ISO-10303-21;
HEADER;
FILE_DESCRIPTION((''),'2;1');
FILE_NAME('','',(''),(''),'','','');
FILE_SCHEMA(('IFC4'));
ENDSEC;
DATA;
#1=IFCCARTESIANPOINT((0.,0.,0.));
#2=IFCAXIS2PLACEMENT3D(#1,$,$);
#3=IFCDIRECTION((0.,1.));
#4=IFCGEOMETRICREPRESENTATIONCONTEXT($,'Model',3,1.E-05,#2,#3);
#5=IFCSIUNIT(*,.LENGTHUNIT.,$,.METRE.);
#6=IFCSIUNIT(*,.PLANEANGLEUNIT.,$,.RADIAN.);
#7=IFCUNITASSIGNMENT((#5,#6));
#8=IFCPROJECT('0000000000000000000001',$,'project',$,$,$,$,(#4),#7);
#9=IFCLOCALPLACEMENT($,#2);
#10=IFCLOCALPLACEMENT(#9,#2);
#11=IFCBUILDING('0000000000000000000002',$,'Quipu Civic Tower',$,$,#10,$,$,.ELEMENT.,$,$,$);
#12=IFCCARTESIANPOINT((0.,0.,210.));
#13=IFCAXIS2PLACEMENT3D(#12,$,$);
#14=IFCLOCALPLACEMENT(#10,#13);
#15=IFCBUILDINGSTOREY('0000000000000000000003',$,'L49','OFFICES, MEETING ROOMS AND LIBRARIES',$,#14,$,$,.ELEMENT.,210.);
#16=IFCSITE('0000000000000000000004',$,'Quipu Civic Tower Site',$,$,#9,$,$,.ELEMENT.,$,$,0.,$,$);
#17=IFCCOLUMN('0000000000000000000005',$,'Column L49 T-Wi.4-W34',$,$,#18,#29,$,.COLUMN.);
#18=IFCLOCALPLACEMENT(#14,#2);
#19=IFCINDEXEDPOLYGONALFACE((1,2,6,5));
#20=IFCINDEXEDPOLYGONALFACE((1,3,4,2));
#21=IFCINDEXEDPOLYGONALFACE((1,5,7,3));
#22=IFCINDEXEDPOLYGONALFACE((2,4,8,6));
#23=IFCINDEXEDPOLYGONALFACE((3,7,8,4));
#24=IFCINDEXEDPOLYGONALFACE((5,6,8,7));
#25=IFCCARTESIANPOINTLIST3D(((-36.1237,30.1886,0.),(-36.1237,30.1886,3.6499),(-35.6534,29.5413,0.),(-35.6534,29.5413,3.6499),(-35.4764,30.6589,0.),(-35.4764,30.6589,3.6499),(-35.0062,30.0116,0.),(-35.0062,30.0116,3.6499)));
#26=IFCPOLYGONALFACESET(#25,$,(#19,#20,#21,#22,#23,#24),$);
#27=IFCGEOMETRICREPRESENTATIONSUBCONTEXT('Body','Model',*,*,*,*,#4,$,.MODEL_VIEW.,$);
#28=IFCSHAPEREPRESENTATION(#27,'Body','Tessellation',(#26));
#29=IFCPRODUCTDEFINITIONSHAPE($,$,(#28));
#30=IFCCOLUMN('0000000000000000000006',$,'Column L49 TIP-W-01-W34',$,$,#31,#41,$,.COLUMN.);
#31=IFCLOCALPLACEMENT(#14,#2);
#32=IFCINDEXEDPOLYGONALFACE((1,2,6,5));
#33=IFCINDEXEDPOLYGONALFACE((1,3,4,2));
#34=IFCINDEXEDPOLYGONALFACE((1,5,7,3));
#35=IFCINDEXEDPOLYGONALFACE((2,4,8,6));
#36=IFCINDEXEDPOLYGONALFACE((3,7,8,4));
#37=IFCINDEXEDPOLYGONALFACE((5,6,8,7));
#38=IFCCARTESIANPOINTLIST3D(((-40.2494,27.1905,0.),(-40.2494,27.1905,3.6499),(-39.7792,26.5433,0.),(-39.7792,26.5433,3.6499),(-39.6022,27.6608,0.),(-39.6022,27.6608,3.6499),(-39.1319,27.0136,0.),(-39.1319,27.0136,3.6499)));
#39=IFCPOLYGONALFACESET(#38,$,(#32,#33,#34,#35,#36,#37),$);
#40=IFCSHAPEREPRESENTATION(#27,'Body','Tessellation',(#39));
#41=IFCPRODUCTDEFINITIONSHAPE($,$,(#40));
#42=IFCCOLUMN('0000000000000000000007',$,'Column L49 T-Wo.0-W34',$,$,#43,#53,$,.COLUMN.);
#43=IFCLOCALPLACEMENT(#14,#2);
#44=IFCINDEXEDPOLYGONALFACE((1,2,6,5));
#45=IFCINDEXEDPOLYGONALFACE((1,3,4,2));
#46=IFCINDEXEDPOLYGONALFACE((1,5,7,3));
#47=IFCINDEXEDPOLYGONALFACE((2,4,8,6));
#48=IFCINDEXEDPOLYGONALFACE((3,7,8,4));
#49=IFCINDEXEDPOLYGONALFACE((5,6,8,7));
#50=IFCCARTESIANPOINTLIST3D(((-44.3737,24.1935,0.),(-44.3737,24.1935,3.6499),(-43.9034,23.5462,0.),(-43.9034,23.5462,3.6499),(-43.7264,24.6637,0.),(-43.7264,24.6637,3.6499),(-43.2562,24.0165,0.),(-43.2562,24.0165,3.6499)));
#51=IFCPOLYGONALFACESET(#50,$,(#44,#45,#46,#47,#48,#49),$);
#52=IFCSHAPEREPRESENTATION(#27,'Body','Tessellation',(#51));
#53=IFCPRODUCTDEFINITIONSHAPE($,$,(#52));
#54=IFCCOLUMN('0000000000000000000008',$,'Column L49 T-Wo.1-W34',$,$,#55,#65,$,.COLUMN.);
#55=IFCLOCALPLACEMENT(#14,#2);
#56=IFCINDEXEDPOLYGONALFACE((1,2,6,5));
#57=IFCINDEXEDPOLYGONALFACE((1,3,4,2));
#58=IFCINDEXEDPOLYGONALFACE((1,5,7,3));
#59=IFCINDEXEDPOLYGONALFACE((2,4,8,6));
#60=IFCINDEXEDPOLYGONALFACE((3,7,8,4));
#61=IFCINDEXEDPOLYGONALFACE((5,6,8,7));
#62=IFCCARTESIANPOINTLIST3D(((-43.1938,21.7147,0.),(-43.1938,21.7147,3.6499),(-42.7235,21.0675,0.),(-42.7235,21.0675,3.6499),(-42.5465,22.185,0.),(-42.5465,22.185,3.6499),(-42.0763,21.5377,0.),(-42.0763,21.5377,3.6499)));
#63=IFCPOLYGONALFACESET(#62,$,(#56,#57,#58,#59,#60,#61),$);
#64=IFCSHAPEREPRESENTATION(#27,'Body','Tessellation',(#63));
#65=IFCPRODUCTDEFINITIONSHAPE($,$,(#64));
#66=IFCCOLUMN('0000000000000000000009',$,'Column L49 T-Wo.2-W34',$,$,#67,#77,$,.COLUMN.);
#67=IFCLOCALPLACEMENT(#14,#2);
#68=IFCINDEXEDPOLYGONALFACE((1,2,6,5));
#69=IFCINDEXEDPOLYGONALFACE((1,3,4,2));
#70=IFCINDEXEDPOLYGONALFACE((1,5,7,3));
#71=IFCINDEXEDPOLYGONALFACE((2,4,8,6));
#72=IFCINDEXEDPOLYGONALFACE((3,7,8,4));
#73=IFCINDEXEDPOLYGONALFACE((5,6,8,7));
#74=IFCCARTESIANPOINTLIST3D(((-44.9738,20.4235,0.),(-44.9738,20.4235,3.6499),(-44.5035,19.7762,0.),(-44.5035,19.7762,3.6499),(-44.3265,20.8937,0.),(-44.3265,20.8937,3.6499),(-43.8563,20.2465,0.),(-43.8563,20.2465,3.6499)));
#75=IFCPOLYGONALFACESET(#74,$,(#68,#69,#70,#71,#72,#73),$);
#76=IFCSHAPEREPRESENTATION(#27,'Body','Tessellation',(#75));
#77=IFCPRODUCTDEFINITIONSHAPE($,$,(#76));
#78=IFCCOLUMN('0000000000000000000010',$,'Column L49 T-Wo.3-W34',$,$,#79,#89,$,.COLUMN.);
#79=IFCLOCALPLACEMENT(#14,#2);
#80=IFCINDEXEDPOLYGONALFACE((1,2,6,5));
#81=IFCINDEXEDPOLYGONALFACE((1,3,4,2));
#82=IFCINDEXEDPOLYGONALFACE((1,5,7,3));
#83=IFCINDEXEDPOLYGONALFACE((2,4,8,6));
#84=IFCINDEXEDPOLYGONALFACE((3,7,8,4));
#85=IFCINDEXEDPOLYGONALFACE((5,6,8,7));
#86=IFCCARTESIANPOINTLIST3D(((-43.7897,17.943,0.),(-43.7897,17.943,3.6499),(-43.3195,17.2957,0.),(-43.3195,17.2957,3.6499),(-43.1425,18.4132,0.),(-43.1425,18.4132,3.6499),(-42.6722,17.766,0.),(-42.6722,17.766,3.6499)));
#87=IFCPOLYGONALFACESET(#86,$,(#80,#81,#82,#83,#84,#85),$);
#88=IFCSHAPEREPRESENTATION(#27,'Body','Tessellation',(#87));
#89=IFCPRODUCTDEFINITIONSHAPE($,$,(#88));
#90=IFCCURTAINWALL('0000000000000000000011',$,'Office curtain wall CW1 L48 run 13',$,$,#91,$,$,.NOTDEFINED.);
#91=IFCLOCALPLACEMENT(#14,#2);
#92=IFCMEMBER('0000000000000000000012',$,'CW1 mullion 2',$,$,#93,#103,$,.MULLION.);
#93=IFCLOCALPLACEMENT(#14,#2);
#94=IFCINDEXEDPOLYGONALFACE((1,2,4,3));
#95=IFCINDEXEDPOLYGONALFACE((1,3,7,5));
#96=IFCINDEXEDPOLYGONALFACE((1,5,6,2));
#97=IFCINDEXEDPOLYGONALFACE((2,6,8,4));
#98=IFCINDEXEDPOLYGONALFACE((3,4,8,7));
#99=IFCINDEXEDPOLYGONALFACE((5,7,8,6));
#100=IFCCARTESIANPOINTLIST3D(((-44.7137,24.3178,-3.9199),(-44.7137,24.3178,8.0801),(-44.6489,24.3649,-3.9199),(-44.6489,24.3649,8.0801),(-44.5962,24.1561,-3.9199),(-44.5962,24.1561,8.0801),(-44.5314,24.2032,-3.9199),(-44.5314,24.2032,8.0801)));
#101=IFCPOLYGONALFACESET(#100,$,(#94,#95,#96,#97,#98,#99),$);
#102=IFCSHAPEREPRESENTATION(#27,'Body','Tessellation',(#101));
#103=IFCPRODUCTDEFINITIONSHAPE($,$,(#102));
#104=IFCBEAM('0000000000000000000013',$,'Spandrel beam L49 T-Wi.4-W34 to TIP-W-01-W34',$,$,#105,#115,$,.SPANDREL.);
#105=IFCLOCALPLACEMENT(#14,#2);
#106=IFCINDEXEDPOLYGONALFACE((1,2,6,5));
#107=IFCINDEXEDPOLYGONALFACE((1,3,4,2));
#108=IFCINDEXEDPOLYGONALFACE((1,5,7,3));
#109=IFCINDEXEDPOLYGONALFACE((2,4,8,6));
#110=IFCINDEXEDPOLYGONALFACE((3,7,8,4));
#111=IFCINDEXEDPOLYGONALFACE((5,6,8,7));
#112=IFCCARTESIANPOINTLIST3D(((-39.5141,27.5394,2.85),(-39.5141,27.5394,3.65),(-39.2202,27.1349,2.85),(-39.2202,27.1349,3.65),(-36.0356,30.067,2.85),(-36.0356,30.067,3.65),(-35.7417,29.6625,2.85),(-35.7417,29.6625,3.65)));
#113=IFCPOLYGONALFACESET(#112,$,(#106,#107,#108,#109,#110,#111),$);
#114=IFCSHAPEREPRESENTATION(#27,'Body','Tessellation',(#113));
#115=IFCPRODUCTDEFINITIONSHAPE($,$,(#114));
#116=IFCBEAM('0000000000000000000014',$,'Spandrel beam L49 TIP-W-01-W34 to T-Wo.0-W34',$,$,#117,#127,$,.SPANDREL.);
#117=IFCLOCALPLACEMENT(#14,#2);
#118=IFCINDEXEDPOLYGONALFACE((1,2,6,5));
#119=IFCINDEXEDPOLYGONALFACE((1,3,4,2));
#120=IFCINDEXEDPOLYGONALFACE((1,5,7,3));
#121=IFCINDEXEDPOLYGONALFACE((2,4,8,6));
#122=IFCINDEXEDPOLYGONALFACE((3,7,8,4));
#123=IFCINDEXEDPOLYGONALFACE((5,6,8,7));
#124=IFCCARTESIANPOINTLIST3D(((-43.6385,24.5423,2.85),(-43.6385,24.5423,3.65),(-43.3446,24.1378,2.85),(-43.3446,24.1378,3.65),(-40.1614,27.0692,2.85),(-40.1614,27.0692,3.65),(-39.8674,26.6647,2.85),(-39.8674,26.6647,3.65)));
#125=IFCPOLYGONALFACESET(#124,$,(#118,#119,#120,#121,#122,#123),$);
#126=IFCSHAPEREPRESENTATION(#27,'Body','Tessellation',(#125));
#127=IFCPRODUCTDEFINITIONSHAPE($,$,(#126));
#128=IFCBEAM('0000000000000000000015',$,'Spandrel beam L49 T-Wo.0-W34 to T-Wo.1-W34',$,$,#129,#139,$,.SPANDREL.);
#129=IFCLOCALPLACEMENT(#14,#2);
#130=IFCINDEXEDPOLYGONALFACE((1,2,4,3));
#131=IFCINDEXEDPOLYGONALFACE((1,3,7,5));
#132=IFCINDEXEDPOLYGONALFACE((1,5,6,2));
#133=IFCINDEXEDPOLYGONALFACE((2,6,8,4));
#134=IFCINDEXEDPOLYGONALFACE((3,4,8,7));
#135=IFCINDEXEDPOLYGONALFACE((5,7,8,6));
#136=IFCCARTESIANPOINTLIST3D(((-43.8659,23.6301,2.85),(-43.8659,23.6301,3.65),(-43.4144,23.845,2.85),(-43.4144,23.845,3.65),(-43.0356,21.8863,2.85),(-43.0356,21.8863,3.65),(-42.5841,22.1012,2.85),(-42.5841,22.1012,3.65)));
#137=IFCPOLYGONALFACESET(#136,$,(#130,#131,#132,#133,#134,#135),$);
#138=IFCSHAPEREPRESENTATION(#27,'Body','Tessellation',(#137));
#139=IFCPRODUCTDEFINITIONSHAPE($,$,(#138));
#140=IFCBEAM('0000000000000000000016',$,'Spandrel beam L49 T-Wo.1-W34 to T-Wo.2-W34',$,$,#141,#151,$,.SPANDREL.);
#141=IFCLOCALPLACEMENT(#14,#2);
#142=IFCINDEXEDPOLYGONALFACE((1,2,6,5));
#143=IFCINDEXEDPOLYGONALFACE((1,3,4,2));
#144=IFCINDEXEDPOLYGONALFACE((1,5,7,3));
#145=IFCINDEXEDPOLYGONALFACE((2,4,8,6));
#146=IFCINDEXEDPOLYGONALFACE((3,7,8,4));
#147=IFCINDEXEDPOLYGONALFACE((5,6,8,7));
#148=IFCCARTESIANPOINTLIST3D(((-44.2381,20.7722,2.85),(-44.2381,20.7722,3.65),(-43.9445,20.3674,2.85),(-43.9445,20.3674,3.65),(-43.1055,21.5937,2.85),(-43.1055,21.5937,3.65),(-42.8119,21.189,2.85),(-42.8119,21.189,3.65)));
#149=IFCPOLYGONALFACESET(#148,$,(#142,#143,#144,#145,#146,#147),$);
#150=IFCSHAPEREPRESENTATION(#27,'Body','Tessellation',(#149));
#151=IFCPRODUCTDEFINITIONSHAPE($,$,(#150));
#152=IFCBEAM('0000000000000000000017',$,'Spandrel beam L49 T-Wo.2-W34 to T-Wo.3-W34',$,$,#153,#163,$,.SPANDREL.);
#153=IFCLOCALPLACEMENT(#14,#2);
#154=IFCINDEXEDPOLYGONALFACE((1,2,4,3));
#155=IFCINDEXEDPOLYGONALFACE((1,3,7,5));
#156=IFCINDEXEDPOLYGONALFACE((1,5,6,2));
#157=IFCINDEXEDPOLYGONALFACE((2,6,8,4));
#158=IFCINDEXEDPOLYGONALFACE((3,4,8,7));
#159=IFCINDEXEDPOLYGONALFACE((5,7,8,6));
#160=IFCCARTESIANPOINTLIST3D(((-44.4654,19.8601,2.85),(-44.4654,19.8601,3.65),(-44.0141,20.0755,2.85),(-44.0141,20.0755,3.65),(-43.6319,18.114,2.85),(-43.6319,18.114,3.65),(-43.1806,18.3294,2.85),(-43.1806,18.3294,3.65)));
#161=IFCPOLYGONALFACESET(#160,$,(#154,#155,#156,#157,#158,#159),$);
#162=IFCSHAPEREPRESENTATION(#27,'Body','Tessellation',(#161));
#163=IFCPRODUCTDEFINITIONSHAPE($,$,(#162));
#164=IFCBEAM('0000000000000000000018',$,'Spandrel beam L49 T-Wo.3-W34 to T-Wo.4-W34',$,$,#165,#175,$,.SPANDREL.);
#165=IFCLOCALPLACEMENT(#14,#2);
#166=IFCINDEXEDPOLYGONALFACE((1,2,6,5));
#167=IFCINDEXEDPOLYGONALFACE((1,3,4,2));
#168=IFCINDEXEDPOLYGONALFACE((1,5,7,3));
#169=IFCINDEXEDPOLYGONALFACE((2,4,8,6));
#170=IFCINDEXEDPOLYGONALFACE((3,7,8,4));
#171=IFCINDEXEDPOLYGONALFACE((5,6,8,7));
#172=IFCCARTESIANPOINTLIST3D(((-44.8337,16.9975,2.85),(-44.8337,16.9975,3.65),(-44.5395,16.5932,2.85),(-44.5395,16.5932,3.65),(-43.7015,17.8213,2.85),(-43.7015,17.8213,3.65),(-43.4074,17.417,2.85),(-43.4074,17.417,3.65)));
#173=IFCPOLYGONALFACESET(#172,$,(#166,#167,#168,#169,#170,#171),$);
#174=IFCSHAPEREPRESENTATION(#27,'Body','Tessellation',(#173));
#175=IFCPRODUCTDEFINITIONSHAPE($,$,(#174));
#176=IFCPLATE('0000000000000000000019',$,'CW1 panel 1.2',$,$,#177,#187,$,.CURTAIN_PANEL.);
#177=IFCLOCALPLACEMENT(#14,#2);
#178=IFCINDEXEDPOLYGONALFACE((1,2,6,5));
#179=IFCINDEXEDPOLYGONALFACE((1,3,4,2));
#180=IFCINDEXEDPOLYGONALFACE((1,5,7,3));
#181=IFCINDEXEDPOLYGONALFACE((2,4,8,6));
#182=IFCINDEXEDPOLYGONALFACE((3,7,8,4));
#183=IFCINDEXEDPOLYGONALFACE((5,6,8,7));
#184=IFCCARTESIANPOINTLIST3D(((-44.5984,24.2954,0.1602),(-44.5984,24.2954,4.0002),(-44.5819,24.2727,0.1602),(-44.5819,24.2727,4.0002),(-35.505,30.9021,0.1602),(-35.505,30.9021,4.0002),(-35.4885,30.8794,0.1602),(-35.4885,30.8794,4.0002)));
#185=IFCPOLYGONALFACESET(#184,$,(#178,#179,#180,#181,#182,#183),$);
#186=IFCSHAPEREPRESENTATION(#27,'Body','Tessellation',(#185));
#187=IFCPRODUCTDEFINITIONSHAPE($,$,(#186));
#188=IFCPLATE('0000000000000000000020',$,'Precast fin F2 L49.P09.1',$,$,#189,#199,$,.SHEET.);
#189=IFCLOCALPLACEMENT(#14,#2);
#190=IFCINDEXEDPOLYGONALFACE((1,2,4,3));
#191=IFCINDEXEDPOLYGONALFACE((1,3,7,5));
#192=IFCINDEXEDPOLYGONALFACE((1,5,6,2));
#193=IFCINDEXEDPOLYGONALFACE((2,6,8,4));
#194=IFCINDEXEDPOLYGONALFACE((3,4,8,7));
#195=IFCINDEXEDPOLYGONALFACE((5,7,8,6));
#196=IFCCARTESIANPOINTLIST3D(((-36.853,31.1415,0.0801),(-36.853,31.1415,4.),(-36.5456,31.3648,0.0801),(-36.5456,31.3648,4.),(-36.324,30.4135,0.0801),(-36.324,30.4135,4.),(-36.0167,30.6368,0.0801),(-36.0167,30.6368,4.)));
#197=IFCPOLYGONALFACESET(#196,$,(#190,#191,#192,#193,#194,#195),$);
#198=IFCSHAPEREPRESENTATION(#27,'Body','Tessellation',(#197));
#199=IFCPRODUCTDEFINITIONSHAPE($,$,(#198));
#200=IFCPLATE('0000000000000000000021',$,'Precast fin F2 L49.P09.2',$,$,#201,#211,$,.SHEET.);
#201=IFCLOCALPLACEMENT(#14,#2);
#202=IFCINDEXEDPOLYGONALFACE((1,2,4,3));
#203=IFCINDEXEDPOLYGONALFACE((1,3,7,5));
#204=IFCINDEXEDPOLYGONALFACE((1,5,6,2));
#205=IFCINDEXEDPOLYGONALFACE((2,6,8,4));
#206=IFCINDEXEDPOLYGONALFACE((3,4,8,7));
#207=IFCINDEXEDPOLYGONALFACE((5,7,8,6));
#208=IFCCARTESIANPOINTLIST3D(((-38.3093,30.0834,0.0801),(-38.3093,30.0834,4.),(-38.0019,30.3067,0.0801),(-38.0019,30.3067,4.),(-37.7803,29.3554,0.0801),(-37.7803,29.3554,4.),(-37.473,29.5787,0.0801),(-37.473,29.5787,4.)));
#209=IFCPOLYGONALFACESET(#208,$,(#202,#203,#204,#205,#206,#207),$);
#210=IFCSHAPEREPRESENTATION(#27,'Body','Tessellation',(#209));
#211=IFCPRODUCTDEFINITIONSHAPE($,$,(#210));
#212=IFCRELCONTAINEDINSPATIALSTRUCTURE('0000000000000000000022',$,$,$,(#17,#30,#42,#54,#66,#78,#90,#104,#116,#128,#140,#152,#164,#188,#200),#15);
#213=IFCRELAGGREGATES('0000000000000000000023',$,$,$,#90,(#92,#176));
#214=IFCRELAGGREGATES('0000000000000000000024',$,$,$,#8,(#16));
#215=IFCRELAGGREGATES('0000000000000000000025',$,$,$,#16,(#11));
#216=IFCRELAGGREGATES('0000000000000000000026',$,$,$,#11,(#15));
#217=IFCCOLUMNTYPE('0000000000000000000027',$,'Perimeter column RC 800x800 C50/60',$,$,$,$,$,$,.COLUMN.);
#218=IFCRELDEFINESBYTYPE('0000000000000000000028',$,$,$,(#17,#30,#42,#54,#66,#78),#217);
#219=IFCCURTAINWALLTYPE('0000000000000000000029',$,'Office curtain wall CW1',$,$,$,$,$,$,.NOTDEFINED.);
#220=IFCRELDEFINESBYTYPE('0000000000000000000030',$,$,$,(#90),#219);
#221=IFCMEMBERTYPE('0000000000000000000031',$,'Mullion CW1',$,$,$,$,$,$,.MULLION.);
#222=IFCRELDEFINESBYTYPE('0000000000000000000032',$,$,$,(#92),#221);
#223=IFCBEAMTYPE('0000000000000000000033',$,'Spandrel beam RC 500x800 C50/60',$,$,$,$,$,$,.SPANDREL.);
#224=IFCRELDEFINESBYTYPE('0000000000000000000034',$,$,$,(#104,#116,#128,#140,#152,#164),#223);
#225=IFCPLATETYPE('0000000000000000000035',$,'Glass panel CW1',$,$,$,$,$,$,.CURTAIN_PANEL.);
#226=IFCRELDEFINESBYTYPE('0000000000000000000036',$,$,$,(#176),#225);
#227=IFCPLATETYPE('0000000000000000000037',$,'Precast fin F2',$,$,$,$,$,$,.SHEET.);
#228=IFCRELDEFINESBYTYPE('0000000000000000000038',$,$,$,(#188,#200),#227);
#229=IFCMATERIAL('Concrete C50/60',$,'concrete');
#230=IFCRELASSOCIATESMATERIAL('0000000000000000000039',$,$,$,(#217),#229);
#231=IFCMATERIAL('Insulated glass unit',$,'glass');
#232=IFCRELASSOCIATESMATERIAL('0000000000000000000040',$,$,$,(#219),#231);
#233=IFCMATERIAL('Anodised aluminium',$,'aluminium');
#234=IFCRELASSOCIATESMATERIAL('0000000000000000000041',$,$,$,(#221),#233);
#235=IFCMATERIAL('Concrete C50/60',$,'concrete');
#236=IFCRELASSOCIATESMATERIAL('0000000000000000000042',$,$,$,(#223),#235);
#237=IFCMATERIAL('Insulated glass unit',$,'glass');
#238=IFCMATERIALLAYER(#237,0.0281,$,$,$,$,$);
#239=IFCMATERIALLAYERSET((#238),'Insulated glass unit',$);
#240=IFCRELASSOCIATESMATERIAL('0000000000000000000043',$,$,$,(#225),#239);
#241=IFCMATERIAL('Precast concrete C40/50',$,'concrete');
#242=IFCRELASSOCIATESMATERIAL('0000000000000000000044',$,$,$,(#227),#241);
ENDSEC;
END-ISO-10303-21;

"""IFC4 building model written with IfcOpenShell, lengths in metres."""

from ifc_helpers import new_model, si_unit, direction, frame, origin, origin_2d, place, context, subcontext, project, spatial, rectangle, extrude, material, layer, layer_set, material_profile, profile_set, type_object, element, aggregate, save


model = new_model("IFC4")

# Units and contexts
model_context = context("Model", 3, precision=1e-05, world=origin(), true_north=direction((0.0, 1.0)))
body_context = subcontext(model_context, "Body", "Model", "MODEL_VIEW")
ifc_project = project(units=[si_unit("LENGTHUNIT", "METRE"), si_unit("PLANEANGLEUNIT", "RADIAN")], contexts=[model_context])

# Site, building, storey
site_placement = place(None, origin())
site = spatial("IfcSite", under=ifc_project, at=site_placement, Name="Quipu Civic Tower Site", CompositionType="ELEMENT", RefElevation=0.0)
building_placement = place(site_placement, origin())
building = spatial("IfcBuilding", under=site, at=building_placement, Name="Quipu Civic Tower", CompositionType="ELEMENT")
storey_placement = place(building_placement, frame((0.0, 0.0, 210.0)))
storey = spatial("IfcBuildingStorey", under=building, at=storey_placement, Name="L49", Description="OFFICES, MEETING ROOMS AND LIBRARIES", CompositionType="ELEMENT", Elevation=210.0)

# Columns
ifc_material_1 = material(Name="Concrete C50/60", Category="concrete")
ifc_material_profile_1 = material_profile(ifc_material_1, rectangle(XDim=0.8, YDim=0.8, at=origin_2d()), Name="RC800x800")
ifc_profile_set_1 = profile_set([ifc_material_profile_1], Name="Concrete C50/60")
column_type = type_object("IfcColumnType", Name="Perimeter column RC 800x800 C50/60", PredefinedType="COLUMN", material=ifc_profile_set_1)
for number, where, z_axis, x_axis, name in (
    (1, (-35.5649, 30.1001, 0.0), (0.0, 0.0, 1.0), (-0.809017, -0.587785, 0.0), "Column L49 T-Wi.4-W34"),
    (2, (-39.6907, 27.1021, 0.0), (0.0, 0.0, 1.0), (-0.809017, -0.587785, 0.0), "Column L49 TIP-W-01-W34"),
    (3, (-43.8149, 24.105, 0.0), (0.0, 0.0, 1.0), (-0.809017, -0.587785, 0.0), "Column L49 T-Wo.0-W34"),
    (4, (-42.635, 21.6262, 0.0), (0.0, 0.0, 1.0), (-0.809017, -0.587785, 0.0), "Column L49 T-Wo.1-W34"),
    (5, (-44.415, 20.335, 0.0), (0.0, 0.0, 1.0), (0.587785, -0.809017, 0.0), "Column L49 T-Wo.2-W34"),
    (6, (-43.231, 17.8545, 0.0), (0.0, 0.0, 1.0), (0.587785, -0.809017, 0.0), "Column L49 T-Wo.3-W34"),
):
    element("IfcColumn", number, at=place(storey_placement, frame(where, z_axis=z_axis, x_axis=x_axis)), inside=storey, type_object=column_type, Name=name, PredefinedType="COLUMN", context=body_context, shape_type="SweptSolid", body=[
        extrude(rectangle(XDim=0.8, YDim=0.8, at=origin_2d()), origin(), (0.0, 0.0, 1.0), 3.6499),
    ])

# Curtain wall, member
ifc_material_2 = material(Name="Insulated glass unit", Category="glass")
curtain_wall_type = type_object("IfcCurtainWallType", Name="Office curtain wall CW1", PredefinedType="NOTDEFINED", material=ifc_material_2)
curtain_wall_placement = place(storey_placement, origin())
curtain_wall = element("IfcCurtainWall", 7, at=curtain_wall_placement, inside=storey, type_object=curtain_wall_type, Name="Office curtain wall CW1 L48 run 13", PredefinedType="NOTDEFINED")
ifc_material_3 = material(Name="Anodised aluminium", Category="aluminium")
ifc_material_profile_2 = material_profile(ifc_material_3, rectangle(XDim=0.2, YDim=0.0801, at=origin_2d()), Name="RECT 200x80")
ifc_profile_set_2 = profile_set([ifc_material_profile_2], Name="Anodised aluminium")
member_type = type_object("IfcMemberType", Name="Mullion CW1", PredefinedType="MULLION", material=ifc_profile_set_2)
member_placement = place(storey_placement, frame((-44.6226, 24.2605, -3.9199), z_axis=(0.0, 0.0, 1.0), x_axis=(0.587788, -0.809015, 0.0)))
member = element("IfcMember", 8, at=member_placement, type_object=member_type, Name="CW1 mullion 2", PredefinedType="MULLION", context=body_context, shape_type="SweptSolid", body=[
    extrude(rectangle(XDim=0.2, YDim=0.0801, at=origin_2d()), origin(), (0.0, 0.0, 1.0), 12.0),
])

# Beams
ifc_material_4 = material(Name="Concrete C50/60", Category="concrete")
ifc_material_profile_3 = material_profile(ifc_material_4, rectangle(XDim=0.5, YDim=0.8, at=origin_2d()), Name="RC500x800")
ifc_profile_set_3 = profile_set([ifc_material_profile_3], Name="Concrete C50/60")
beam_type = type_object("IfcBeamType", Name="Spandrel beam RC 500x800 C50/60", PredefinedType="SPANDREL", material=ifc_profile_set_3)
beam_1_placement = place(storey_placement, frame((-35.8887, 29.8647, 3.25), z_axis=(-0.808984, -0.587831, 0.0), x_axis=(0.587831, -0.808984, 0.0)))
element("IfcBeam", 9, at=beam_1_placement, inside=storey, type_object=beam_type, Name="Spandrel beam L49 T-Wi.4-W34 to TIP-W-01-W34", PredefinedType="SPANDREL", context=body_context, shape_type="SweptSolid", body=[
    extrude(rectangle(XDim=0.5, YDim=0.8, at=origin_2d()), origin(), (0.0, 0.0, 1.0), 4.2998),
])
beam_2_placement = place(storey_placement, frame((-40.0144, 26.8669, 3.25), z_axis=(-0.808947, -0.587881, 0.0), x_axis=(0.587881, -0.808947, 0.0)))
element("IfcBeam", 10, at=beam_2_placement, inside=storey, type_object=beam_type, Name="Spandrel beam L49 TIP-W-01-W34 to T-Wo.0-W34", PredefinedType="SPANDREL", context=body_context, shape_type="SweptSolid", body=[
    extrude(rectangle(XDim=0.5, YDim=0.8, at=origin_2d()), origin(), (0.0, 0.0, 1.0), 4.2983),
])
beam_3_placement = place(storey_placement, frame((-43.6401, 23.7375, 3.25), z_axis=(0.429889, -0.902882, 0.0), x_axis=(0.902882, 0.429889, 0.0)))
element("IfcBeam", 11, at=beam_3_placement, inside=storey, type_object=beam_type, Name="Spandrel beam L49 T-Wo.0-W34 to T-Wo.1-W34", PredefinedType="SPANDREL", context=body_context, shape_type="SweptSolid", body=[
    extrude(rectangle(XDim=0.5, YDim=0.8, at=origin_2d()), origin(), (0.0, 0.0, 1.0), 1.9314),
])
beam_4_placement = place(storey_placement, frame((-42.9587, 21.3914, 3.25), z_axis=(-0.809467, -0.587165, 0.0), x_axis=(0.587165, -0.809467, 0.0)))
element("IfcBeam", 12, at=beam_4_placement, inside=storey, type_object=beam_type, Name="Spandrel beam L49 T-Wo.1-W34 to T-Wo.2-W34", PredefinedType="SPANDREL", context=body_context, shape_type="SweptSolid", body=[
    extrude(rectangle(XDim=0.5, YDim=0.8, at=origin_2d()), origin(), (0.0, 0.0, 1.0), 1.3992),
])
beam_5_placement = place(storey_placement, frame((-44.2397, 19.9678, 3.25), z_axis=(0.430786, -0.902454, 0.0), x_axis=(0.902454, 0.430786, 0.0)))
element("IfcBeam", 13, at=beam_5_placement, inside=storey, type_object=beam_type, Name="Spandrel beam L49 T-Wo.2-W34 to T-Wo.3-W34", PredefinedType="SPANDREL", context=body_context, shape_type="SweptSolid", body=[
    extrude(rectangle(XDim=0.5, YDim=0.8, at=origin_2d()), origin(), (0.0, 0.0, 1.0), 1.9348),
])
beam_6_placement = place(storey_placement, frame((-43.5544, 17.6191, 3.25), z_axis=(-0.8086, -0.588358, 0.0), x_axis=(0.588358, -0.8086, 0.0)))
element("IfcBeam", 14, at=beam_6_placement, inside=storey, type_object=beam_type, Name="Spandrel beam L49 T-Wo.3-W34 to T-Wo.4-W34", PredefinedType="SPANDREL", context=body_context, shape_type="SweptSolid", body=[
    extrude(rectangle(XDim=0.5, YDim=0.8, at=origin_2d()), origin(), (0.0, 0.0, 1.0), 1.4001),
])

# Plate
ifc_material_5 = material(Name="Insulated glass unit", Category="glass")
ifc_layer = layer(ifc_material_5, 0.0281)
ifc_layer_set = layer_set([ifc_layer], Name="Insulated glass unit")
plate_type_1 = type_object("IfcPlateType", Name="Glass panel CW1", PredefinedType="CURTAIN_PANEL", material=ifc_layer_set)
plate_placement = place(storey_placement, frame((-40.0435, 27.5874, 0.1602), z_axis=(0.0, 0.0, 1.0), x_axis=(-0.809015, -0.587788, 0.0)))
plate = element("IfcPlate", 15, at=plate_placement, type_object=plate_type_1, Name="CW1 panel 1.2", PredefinedType="CURTAIN_PANEL", context=body_context, shape_type="SweptSolid", body=[
    extrude(rectangle(XDim=11.24, YDim=0.0281, at=origin_2d()), origin(), (0.0, 0.0, 1.0), 3.8401),
])
aggregate(curtain_wall, [member, plate])

# Plates
ifc_material_6 = material(Name="Precast concrete C40/50", Category="concrete")
plate_type_2 = type_object("IfcPlateType", Name="Precast fin F2", PredefinedType="SHEET", material=ifc_material_6)
for number, where, z_axis, x_axis, name in (
    (16, (-36.4348, 30.8892, 0.0801), (0.0, 0.0, 1.0), (-0.809017, -0.587785, 0.0), "Precast fin F2 L49.P09.1"),
    (17, (-37.8911, 29.8311, 0.0801), (0.0, 0.0, 1.0), (-0.809017, -0.587785, 0.0), "Precast fin F2 L49.P09.2"),
):
    element("IfcPlate", number, at=place(storey_placement, frame(where, z_axis=z_axis, x_axis=x_axis)), inside=storey, type_object=plate_type_2, Name=name, PredefinedType="SHEET", context=body_context, shape_type="SweptSolid", body=[
        extrude(rectangle(XDim=0.3799, YDim=0.8999, at=origin_2d()), origin(), (0.0, 0.0, 1.0), 3.9199),
    ])

save(model, "model.ifc")
